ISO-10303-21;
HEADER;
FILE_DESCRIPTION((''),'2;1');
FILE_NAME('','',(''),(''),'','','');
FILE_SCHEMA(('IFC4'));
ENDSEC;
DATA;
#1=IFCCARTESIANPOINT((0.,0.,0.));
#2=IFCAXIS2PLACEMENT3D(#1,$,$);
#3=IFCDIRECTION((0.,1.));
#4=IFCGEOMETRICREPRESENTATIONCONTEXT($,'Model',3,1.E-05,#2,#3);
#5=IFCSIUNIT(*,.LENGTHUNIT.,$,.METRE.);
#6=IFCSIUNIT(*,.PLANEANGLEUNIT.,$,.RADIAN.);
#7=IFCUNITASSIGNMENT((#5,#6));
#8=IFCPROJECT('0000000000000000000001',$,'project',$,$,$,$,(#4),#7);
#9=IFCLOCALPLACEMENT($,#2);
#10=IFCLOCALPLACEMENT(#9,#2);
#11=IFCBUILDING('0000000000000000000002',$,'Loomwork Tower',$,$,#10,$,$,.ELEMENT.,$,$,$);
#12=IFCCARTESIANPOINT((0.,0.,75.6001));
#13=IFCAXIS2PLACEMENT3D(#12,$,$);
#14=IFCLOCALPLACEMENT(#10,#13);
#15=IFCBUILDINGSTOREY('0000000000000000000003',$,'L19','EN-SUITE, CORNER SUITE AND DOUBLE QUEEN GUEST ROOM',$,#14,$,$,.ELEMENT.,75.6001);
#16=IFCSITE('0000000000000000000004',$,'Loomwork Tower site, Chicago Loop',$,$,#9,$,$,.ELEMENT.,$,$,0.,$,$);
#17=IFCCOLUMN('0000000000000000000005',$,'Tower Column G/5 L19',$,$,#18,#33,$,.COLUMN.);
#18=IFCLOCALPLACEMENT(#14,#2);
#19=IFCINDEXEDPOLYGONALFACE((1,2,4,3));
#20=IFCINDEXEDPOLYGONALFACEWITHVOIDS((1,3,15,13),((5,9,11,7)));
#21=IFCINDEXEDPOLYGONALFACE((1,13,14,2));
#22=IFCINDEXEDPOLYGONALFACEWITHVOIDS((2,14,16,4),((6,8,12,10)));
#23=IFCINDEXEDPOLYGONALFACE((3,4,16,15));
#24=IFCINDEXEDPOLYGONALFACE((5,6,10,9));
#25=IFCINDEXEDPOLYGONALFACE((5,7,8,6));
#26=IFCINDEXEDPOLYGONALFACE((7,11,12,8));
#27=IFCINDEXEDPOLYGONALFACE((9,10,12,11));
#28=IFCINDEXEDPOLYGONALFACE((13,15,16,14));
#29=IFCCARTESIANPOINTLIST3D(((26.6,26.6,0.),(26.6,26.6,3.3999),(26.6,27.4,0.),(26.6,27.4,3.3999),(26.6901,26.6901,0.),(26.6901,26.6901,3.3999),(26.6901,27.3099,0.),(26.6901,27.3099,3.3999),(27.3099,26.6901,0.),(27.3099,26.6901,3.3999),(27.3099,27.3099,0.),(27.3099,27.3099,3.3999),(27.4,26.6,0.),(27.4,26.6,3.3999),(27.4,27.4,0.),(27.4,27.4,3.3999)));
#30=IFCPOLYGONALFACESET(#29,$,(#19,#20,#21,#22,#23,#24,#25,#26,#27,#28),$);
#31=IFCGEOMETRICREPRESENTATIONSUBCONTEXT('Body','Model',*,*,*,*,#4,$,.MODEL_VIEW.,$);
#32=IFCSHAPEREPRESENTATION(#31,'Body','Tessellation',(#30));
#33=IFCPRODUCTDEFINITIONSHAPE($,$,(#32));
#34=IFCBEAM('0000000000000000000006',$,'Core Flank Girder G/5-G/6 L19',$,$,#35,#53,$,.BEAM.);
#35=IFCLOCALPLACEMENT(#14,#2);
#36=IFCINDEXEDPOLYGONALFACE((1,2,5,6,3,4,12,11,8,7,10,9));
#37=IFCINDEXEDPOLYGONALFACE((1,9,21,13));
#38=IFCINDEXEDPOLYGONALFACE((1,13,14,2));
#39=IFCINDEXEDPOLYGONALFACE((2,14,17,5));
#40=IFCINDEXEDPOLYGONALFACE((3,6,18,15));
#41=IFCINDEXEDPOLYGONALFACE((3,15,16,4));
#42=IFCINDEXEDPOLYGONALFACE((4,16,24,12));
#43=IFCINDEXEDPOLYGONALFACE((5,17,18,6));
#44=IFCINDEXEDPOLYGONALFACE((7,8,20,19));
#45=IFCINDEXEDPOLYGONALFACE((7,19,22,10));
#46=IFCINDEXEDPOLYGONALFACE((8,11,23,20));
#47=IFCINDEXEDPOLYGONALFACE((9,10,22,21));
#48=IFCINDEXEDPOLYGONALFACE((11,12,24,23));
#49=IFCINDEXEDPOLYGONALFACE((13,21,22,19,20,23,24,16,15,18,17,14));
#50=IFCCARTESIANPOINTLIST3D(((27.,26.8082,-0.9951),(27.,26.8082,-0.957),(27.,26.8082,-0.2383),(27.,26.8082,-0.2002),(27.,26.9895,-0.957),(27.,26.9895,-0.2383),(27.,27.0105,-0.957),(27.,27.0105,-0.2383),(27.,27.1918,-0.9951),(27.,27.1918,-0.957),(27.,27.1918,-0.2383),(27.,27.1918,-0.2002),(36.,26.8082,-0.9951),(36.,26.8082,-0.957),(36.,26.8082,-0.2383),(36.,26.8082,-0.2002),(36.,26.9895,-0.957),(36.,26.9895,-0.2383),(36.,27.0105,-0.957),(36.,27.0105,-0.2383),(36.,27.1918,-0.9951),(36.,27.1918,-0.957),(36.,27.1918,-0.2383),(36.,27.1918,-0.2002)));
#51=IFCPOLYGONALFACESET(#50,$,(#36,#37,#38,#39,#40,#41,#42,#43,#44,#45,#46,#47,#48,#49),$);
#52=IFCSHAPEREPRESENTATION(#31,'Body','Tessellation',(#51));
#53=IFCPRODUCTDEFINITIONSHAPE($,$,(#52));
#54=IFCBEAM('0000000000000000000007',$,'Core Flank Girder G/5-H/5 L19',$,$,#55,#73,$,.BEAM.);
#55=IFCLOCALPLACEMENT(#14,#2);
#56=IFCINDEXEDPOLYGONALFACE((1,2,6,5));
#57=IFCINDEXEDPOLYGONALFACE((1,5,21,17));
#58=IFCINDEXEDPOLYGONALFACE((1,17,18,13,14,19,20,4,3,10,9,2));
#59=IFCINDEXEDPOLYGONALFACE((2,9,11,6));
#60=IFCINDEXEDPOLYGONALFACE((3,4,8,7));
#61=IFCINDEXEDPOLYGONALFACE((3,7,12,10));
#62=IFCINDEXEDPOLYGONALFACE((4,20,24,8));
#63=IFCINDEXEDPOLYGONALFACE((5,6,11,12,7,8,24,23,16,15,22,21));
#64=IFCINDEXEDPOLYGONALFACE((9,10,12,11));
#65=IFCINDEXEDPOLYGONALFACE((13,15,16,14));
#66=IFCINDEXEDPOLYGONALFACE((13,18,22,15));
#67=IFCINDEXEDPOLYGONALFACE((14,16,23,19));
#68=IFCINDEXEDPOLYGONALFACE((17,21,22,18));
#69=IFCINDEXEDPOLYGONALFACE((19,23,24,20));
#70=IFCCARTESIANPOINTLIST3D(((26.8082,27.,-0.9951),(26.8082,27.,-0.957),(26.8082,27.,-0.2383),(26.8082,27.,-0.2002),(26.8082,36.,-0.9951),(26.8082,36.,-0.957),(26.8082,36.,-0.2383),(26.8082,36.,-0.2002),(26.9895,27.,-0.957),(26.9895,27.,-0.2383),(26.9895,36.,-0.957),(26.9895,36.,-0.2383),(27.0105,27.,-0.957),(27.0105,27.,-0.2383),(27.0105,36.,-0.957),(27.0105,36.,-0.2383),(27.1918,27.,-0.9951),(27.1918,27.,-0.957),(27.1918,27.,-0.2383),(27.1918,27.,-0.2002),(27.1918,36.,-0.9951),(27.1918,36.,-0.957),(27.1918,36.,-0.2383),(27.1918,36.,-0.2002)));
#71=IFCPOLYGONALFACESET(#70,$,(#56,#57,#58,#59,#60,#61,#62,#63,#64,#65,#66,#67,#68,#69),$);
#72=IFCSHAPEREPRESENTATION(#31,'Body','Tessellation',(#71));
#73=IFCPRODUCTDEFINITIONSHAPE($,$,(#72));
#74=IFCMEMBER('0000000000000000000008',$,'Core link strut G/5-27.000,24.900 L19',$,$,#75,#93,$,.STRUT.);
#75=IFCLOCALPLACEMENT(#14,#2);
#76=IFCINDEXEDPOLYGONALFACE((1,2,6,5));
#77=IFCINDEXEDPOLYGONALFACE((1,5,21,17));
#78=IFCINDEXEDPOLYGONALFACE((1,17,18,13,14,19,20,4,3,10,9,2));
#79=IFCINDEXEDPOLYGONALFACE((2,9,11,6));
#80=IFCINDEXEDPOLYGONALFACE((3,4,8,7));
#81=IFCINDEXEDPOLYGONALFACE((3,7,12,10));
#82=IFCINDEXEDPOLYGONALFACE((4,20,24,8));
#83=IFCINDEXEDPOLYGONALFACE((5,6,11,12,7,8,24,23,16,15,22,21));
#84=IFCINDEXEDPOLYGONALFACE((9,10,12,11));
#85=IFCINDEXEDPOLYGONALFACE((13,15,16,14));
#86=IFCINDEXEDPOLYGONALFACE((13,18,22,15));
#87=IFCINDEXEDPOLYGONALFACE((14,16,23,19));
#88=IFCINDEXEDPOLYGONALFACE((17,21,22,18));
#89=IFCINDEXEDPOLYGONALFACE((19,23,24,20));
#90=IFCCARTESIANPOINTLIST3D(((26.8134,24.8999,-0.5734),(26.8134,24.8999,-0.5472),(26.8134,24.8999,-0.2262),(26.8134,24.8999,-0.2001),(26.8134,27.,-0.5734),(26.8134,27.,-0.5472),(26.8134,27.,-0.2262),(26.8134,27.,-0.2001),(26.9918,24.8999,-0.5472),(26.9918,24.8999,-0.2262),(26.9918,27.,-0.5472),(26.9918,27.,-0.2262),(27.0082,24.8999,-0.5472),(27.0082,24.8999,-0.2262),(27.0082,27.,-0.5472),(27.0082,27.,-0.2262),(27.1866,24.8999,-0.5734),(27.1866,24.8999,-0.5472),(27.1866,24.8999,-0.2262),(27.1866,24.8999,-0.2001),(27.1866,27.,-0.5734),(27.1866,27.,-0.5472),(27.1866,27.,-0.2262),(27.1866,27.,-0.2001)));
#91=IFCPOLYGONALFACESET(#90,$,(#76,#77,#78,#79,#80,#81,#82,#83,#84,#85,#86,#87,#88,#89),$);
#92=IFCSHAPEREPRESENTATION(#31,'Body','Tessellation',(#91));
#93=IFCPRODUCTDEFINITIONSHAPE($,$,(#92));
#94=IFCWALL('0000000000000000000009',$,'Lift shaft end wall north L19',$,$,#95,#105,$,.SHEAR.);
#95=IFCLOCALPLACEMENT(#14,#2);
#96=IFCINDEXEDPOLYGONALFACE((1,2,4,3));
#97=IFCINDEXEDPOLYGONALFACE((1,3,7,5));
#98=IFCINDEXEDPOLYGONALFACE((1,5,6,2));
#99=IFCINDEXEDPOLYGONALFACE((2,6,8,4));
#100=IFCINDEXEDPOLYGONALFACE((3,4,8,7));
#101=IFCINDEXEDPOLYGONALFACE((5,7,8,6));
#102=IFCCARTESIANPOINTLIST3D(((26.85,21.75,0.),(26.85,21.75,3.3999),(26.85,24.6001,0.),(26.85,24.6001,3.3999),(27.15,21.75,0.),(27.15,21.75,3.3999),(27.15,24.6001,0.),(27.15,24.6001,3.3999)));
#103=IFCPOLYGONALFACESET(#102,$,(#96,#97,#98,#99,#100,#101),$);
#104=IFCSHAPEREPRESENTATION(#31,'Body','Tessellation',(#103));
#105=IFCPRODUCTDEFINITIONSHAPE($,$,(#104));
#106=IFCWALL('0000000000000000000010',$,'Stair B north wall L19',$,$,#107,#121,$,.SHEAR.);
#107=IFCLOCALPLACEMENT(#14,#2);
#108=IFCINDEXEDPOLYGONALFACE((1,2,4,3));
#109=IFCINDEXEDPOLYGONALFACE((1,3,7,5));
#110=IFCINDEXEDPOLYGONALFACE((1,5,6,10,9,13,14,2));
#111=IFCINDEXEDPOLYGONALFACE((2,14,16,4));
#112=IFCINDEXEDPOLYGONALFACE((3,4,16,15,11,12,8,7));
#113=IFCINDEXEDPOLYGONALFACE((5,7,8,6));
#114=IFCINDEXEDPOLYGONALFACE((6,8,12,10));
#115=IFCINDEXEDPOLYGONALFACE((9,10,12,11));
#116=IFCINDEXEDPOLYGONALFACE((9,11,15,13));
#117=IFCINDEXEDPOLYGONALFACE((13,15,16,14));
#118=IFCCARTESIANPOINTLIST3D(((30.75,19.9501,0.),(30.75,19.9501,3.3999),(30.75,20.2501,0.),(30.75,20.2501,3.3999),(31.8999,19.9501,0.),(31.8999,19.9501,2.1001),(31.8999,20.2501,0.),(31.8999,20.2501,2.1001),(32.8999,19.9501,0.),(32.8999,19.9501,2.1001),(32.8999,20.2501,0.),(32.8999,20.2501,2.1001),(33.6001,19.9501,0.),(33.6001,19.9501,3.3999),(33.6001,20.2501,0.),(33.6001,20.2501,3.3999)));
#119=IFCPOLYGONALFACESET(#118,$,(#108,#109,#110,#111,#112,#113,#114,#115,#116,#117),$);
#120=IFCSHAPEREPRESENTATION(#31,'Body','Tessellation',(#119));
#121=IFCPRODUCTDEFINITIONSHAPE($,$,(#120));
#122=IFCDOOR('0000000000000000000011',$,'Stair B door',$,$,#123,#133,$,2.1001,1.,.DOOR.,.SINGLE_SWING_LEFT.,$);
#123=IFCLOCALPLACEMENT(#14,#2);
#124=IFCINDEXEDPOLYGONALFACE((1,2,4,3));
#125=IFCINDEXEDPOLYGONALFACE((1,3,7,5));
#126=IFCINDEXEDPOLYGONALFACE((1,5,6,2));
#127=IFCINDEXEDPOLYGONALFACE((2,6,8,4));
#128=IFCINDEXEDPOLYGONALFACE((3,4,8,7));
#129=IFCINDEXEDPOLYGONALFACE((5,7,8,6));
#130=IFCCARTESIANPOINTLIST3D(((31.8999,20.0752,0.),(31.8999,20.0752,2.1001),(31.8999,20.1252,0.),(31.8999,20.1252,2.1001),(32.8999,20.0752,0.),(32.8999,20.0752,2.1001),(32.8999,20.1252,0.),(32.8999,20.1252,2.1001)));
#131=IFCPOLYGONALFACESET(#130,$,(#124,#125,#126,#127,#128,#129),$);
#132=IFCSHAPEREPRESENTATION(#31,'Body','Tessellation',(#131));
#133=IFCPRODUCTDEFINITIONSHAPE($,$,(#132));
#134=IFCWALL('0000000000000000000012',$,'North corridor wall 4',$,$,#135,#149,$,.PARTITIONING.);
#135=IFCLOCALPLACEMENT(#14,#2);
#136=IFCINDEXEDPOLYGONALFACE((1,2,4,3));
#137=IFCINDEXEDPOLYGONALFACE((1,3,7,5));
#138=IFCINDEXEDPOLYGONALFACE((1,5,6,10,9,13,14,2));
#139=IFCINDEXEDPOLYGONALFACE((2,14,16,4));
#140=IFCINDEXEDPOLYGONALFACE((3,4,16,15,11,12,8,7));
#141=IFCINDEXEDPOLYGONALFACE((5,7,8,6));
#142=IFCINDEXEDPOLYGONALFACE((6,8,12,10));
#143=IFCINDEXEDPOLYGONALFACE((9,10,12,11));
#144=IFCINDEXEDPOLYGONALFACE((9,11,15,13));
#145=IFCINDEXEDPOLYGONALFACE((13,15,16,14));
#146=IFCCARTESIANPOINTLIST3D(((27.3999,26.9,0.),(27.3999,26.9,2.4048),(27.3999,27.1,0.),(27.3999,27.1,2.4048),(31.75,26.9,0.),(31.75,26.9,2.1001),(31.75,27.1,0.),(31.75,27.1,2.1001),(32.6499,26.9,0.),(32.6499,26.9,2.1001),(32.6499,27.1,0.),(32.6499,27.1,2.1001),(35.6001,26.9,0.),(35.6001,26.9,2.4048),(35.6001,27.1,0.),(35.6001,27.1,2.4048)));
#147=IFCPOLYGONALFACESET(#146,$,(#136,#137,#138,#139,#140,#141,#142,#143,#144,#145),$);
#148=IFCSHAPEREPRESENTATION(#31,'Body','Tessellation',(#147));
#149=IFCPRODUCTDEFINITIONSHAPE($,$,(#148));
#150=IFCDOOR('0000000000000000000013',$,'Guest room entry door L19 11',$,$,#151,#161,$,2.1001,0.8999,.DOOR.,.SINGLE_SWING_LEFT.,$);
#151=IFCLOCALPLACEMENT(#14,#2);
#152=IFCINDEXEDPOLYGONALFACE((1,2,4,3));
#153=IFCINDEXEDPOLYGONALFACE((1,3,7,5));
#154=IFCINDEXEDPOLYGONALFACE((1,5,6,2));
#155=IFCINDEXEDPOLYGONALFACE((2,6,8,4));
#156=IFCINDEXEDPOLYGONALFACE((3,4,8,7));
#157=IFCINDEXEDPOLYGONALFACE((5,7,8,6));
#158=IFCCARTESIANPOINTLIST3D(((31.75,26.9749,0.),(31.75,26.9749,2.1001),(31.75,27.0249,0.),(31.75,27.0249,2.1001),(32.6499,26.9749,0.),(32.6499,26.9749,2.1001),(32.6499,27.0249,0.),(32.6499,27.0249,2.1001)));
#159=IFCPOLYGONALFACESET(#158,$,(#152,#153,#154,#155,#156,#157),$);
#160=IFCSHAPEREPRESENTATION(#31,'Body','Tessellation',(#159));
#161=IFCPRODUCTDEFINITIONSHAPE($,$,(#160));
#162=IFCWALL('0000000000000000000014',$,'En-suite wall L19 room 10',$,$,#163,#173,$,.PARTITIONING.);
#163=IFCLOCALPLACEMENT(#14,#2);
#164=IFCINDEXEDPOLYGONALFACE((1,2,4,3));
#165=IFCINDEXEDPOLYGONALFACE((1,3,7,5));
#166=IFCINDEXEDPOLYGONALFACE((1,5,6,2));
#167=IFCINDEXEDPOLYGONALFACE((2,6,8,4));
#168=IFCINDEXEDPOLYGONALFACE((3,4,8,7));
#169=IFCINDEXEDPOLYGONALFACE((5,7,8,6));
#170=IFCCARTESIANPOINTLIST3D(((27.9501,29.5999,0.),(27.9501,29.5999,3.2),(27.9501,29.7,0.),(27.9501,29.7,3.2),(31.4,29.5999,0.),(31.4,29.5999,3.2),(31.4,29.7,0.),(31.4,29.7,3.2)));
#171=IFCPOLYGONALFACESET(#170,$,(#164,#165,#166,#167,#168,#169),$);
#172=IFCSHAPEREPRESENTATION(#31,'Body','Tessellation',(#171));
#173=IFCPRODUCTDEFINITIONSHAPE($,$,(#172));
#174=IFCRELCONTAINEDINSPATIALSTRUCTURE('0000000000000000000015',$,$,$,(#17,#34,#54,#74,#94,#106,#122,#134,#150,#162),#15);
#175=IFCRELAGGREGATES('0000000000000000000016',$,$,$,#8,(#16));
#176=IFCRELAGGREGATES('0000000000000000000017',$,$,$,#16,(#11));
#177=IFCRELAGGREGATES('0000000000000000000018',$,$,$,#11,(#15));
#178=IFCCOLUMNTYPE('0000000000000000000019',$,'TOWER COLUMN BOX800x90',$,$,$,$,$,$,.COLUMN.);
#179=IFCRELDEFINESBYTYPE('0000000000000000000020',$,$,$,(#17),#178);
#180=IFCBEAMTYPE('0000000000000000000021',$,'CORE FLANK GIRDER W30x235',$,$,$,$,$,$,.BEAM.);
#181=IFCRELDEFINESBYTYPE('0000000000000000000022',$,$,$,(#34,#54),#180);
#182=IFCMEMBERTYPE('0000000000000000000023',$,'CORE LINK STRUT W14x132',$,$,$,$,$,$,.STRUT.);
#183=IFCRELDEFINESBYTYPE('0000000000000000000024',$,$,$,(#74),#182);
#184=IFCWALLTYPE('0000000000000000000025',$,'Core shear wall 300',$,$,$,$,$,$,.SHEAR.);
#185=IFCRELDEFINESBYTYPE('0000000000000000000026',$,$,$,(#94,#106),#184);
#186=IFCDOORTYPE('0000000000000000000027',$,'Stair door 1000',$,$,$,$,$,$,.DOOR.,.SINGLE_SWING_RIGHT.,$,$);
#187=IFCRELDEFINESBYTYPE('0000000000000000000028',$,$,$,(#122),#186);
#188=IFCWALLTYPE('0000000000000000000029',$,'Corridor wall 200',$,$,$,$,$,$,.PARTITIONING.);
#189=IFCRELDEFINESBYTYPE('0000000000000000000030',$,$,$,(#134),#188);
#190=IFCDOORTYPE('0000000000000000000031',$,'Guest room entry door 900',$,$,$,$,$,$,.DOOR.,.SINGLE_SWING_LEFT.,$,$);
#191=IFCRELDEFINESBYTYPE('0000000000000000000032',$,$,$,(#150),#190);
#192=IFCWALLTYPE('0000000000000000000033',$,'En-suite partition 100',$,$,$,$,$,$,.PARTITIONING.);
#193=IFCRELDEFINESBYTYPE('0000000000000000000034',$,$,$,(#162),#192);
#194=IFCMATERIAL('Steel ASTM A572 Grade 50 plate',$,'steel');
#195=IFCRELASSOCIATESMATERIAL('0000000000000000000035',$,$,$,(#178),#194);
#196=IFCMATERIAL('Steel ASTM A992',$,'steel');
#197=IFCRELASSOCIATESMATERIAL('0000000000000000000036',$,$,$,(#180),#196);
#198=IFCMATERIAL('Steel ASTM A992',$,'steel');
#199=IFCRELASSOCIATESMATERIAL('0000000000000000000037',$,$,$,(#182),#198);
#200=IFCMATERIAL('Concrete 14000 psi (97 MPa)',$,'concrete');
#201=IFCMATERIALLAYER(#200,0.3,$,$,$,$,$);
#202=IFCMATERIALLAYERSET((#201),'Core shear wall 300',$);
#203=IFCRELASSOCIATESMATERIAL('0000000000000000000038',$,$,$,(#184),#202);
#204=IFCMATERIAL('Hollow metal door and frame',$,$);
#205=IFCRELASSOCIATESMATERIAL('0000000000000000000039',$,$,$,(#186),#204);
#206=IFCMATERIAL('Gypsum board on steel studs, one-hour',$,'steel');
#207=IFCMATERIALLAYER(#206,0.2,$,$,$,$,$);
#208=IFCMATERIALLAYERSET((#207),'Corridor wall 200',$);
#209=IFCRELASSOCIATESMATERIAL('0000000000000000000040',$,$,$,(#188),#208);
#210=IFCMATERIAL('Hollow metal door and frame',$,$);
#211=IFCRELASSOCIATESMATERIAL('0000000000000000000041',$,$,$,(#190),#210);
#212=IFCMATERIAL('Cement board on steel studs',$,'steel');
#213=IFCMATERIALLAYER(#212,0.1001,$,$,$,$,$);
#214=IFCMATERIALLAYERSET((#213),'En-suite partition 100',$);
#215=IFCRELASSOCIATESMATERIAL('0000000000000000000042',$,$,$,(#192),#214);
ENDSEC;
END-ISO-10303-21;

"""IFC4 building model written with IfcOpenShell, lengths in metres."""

from ifc_helpers import new_model, si_unit, direction, frame, frame_2d, origin, origin_2d, place, context, subcontext, project, spatial, rectangle, hollow_rectangle, i_section, extrude, material, layer, layer_set, material_profile, profile_set, type_object, element, fill, save


model = new_model("IFC4")

# Units and contexts
model_context = context("Model", 3, precision=1e-05, world=origin(), true_north=direction((0.0, 1.0)))
body_context = subcontext(model_context, "Body", "Model", "MODEL_VIEW")
ifc_project = project(units=[si_unit("LENGTHUNIT", "METRE"), si_unit("PLANEANGLEUNIT", "RADIAN")], contexts=[model_context])

# Site, building, storey
site_placement = place(None, origin())
site = spatial("IfcSite", under=ifc_project, at=site_placement, Name="Loomwork Tower site, Chicago Loop", CompositionType="ELEMENT", RefElevation=0.0)
building_placement = place(site_placement, origin())
building = spatial("IfcBuilding", under=site, at=building_placement, Name="Loomwork Tower", CompositionType="ELEMENT")
storey_placement = place(building_placement, frame((0.0, 0.0, 75.6001)))
storey = spatial("IfcBuildingStorey", under=building, at=storey_placement, Name="L19", Description="EN-SUITE, CORNER SUITE AND DOUBLE QUEEN GUEST ROOM", CompositionType="ELEMENT", Elevation=75.6001)

# Column
ifc_material_1 = material(Name="Steel ASTM A572 Grade 50 plate", Category="steel")
ifc_material_profile_1 = material_profile(ifc_material_1, hollow_rectangle(XDim=0.8, YDim=0.8, WallThickness=0.0901, at=origin_2d()), Name="BOX800x90")
ifc_profile_set_1 = profile_set([ifc_material_profile_1], Name="Steel ASTM A572 Grade 50 plate")
column_type = type_object("IfcColumnType", Name="TOWER COLUMN BOX800x90", PredefinedType="COLUMN", material=ifc_profile_set_1)
column_placement = place(storey_placement, frame((27.0, 27.0, 0.0), z_axis=(0.0, 0.0, 1.0), x_axis=(1.0, 0.0, 0.0)))
element("IfcColumn", 1, at=column_placement, inside=storey, type_object=column_type, Name="Tower Column G/5 L19", PredefinedType="COLUMN", context=body_context, shape_type="SweptSolid", body=[
    extrude(hollow_rectangle(XDim=0.8, YDim=0.8, WallThickness=0.0901, at=origin_2d()), origin(), (0.0, 0.0, 1.0), 3.3999),
])

# Beams
ifc_material_2 = material(Name="Steel ASTM A992", Category="steel")
ifc_material_profile_2 = material_profile(ifc_material_2, i_section(OverallWidth=0.3835, OverallDepth=0.7949, WebThickness=0.021, FlangeThickness=0.0381, at=origin_2d()), Name="W30x235")
ifc_profile_set_2 = profile_set([ifc_material_profile_2], Name="Steel ASTM A992")
beam_type = type_object("IfcBeamType", Name="CORE FLANK GIRDER W30x235", PredefinedType="BEAM", material=ifc_profile_set_2)
for number, where, z_axis, x_axis, name in (
    (2, (27.0, 27.0, -0.5977), (1.0, 0.0, 0.0), (0.0, 1.0, 0.0), "Core Flank Girder G/5-G/6 L19"),
    (3, (27.0, 27.0, -0.5977), (0.0, 1.0, 0.0), (-1.0, 0.0, 0.0), "Core Flank Girder G/5-H/5 L19"),
):
    element("IfcBeam", number, at=place(storey_placement, frame(where, z_axis=z_axis, x_axis=x_axis)), inside=storey, type_object=beam_type, Name=name, PredefinedType="BEAM", context=body_context, shape_type="SweptSolid", body=[
        extrude(i_section(OverallWidth=0.3835, OverallDepth=0.7949, WebThickness=0.021, FlangeThickness=0.0381, at=origin_2d()), origin(), (0.0, 0.0, 1.0), 9.0),
    ])

# Member
ifc_material_3 = material(Name="Steel ASTM A992", Category="steel")
ifc_material_profile_3 = material_profile(ifc_material_3, i_section(OverallWidth=0.3733, OverallDepth=0.3733, WebThickness=0.0164, FlangeThickness=0.0261, at=origin_2d()), Name="W14x132")
ifc_profile_set_3 = profile_set([ifc_material_profile_3], Name="Steel ASTM A992")
member_type = type_object("IfcMemberType", Name="CORE LINK STRUT W14x132", PredefinedType="STRUT", material=ifc_profile_set_3)
member_placement = place(storey_placement, frame((27.0, 27.0, -0.3867), z_axis=(0.0, -1.0, 0.0), x_axis=(1.0, 0.0, 0.0)))
element("IfcMember", 4, at=member_placement, inside=storey, type_object=member_type, Name="Core link strut G/5-27.000,24.900 L19", PredefinedType="STRUT", context=body_context, shape_type="SweptSolid", body=[
    extrude(i_section(OverallWidth=0.3733, OverallDepth=0.3733, WebThickness=0.0164, FlangeThickness=0.0261, at=origin_2d()), origin(), (0.0, 0.0, 1.0), 2.1001),
])

# Wall
ifc_material_4 = material(Name="Concrete 14000 psi (97 MPa)", Category="concrete")
ifc_layer_1 = layer(ifc_material_4, 0.3)
ifc_layer_set_1 = layer_set([ifc_layer_1], Name="Core shear wall 300")
wall_type_1 = type_object("IfcWallType", Name="Core shear wall 300", PredefinedType="SHEAR", material=ifc_layer_set_1)
wall_1_placement = place(storey_placement, frame((27.0, 21.75, 0.0), z_axis=(0.0, 0.0, 1.0), x_axis=(0.0, 1.0, 0.0)))
element("IfcWall", 5, at=wall_1_placement, inside=storey, type_object=wall_type_1, Name="Lift shaft end wall north L19", PredefinedType="SHEAR", context=body_context, shape_type="SweptSolid", body=[
    extrude(rectangle(XDim=2.8501, YDim=0.3, at=frame_2d((1.425, 0.0))), origin(), (0.0, 0.0, 1.0), 3.3999),
])

# Walls, openings, doors
wall_2_placement = place(storey_placement, frame((30.75, 20.1001, 0.0), z_axis=(0.0, 0.0, 1.0), x_axis=(1.0, 0.0, 0.0)))
wall_2 = element("IfcWall", 6, at=wall_2_placement, inside=storey, type_object=wall_type_1, Name="Stair B north wall L19", PredefinedType="SHEAR", context=body_context, shape_type="SweptSolid", body=[
    extrude(rectangle(XDim=2.8501, YDim=0.3, at=frame_2d((1.425, 0.0))), origin(), (0.0, 0.0, 1.0), 3.3999),
])
opening_1_placement = place(wall_2_placement, frame((1.1499, 0.0, 0.0)))
opening_1 = element("IfcOpeningElement", 7, at=opening_1_placement, cuts=wall_2, PredefinedType="OPENING", context=body_context, shape_type="SweptSolid", body=[
    extrude(rectangle(XDim=1.0, YDim=2.1001, at=frame_2d((0.5, 1.05))), frame((0.0, 0.1599, 0.0), z_axis=(0.0, -1.0, 0.0), x_axis=(1.0, 0.0, 0.0)), (0.0, 0.0, 1.0), 0.3201),
])
ifc_material_5 = material(Name="Hollow metal door and frame")
door_type_1 = type_object("IfcDoorType", Name="Stair door 1000", OperationType="SINGLE_SWING_RIGHT", PredefinedType="DOOR", material=ifc_material_5)
door_1_placement = place(opening_1_placement, frame((1.0, 0.0, 0.0), z_axis=(0.0, 0.0, 1.0), x_axis=(-1.0, 0.0, 0.0)))
door_1 = element("IfcDoor", 8, at=door_1_placement, inside=storey, type_object=door_type_1, Name="Stair B door", OperationType="SINGLE_SWING_LEFT", OverallHeight=2.1001, OverallWidth=1.0, PredefinedType="DOOR", context=body_context, shape_type="SweptSolid", body=[
    extrude(rectangle(XDim=1.0, YDim=2.1001, at=frame_2d((0.5, 1.05))), frame((0.0, 0.0249, 0.0), z_axis=(0.0, -1.0, 0.0), x_axis=(1.0, 0.0, 0.0)), (0.0, 0.0, 1.0), 0.05),
])
fill(opening_1, door_1)
ifc_material_6 = material(Name="Gypsum board on steel studs, one-hour", Category="steel")
ifc_layer_2 = layer(ifc_material_6, 0.2)
ifc_layer_set_2 = layer_set([ifc_layer_2], Name="Corridor wall 200")
wall_type_2 = type_object("IfcWallType", Name="Corridor wall 200", PredefinedType="PARTITIONING", material=ifc_layer_set_2)
wall_3_placement = place(storey_placement, frame((27.3999, 27.0, 0.0), z_axis=(0.0, 0.0, 1.0), x_axis=(1.0, 0.0, 0.0)))
wall_3 = element("IfcWall", 9, at=wall_3_placement, inside=storey, type_object=wall_type_2, Name="North corridor wall 4", PredefinedType="PARTITIONING", context=body_context, shape_type="SweptSolid", body=[
    extrude(rectangle(XDim=8.2002, YDim=0.2, at=frame_2d((4.1001, 0.0))), origin(), (0.0, 0.0, 1.0), 2.4048),
])
opening_2_placement = place(wall_3_placement, frame((4.3501, 0.0, 0.0)))
opening_2 = element("IfcOpeningElement", 10, at=opening_2_placement, cuts=wall_3, PredefinedType="OPENING", context=body_context, shape_type="SweptSolid", body=[
    extrude(rectangle(XDim=0.8999, YDim=2.1001, at=frame_2d((0.45, 1.05))), frame((0.0, 0.1099, 0.0), z_axis=(0.0, -1.0, 0.0), x_axis=(1.0, 0.0, 0.0)), (0.0, 0.0, 1.0), 0.22),
])
ifc_material_7 = material(Name="Hollow metal door and frame")
door_type_2 = type_object("IfcDoorType", Name="Guest room entry door 900", OperationType="SINGLE_SWING_LEFT", PredefinedType="DOOR", material=ifc_material_7)
door_2_placement = place(opening_2_placement, origin())
door_2 = element("IfcDoor", 11, at=door_2_placement, inside=storey, type_object=door_type_2, Name="Guest room entry door L19 11", OperationType="SINGLE_SWING_LEFT", OverallHeight=2.1001, OverallWidth=0.8999, PredefinedType="DOOR", context=body_context, shape_type="SweptSolid", body=[
    extrude(rectangle(XDim=0.8999, YDim=2.1001, at=frame_2d((0.45, 1.05))), frame((0.0, 0.0249, 0.0), z_axis=(0.0, -1.0, 0.0), x_axis=(1.0, 0.0, 0.0)), (0.0, 0.0, 1.0), 0.05),
])
fill(opening_2, door_2)

# Wall
ifc_material_8 = material(Name="Cement board on steel studs", Category="steel")
ifc_layer_3 = layer(ifc_material_8, 0.1001)
ifc_layer_set_3 = layer_set([ifc_layer_3], Name="En-suite partition 100")
wall_type_3 = type_object("IfcWallType", Name="En-suite partition 100", PredefinedType="PARTITIONING", material=ifc_layer_set_3)
wall_4_placement = place(storey_placement, frame((27.95, 29.6499, 0.0), z_axis=(0.0, 0.0, 1.0), x_axis=(1.0, 0.0, 0.0)))
element("IfcWall", 12, at=wall_4_placement, inside=storey, type_object=wall_type_3, Name="En-suite wall L19 room 10", PredefinedType="PARTITIONING", context=body_context, shape_type="SweptSolid", body=[
    extrude(rectangle(XDim=3.45, YDim=0.1001, at=frame_2d((1.7251, 0.0))), origin(), (0.0, 0.0, 1.0), 3.2),
])

save(model, "model.ifc")
